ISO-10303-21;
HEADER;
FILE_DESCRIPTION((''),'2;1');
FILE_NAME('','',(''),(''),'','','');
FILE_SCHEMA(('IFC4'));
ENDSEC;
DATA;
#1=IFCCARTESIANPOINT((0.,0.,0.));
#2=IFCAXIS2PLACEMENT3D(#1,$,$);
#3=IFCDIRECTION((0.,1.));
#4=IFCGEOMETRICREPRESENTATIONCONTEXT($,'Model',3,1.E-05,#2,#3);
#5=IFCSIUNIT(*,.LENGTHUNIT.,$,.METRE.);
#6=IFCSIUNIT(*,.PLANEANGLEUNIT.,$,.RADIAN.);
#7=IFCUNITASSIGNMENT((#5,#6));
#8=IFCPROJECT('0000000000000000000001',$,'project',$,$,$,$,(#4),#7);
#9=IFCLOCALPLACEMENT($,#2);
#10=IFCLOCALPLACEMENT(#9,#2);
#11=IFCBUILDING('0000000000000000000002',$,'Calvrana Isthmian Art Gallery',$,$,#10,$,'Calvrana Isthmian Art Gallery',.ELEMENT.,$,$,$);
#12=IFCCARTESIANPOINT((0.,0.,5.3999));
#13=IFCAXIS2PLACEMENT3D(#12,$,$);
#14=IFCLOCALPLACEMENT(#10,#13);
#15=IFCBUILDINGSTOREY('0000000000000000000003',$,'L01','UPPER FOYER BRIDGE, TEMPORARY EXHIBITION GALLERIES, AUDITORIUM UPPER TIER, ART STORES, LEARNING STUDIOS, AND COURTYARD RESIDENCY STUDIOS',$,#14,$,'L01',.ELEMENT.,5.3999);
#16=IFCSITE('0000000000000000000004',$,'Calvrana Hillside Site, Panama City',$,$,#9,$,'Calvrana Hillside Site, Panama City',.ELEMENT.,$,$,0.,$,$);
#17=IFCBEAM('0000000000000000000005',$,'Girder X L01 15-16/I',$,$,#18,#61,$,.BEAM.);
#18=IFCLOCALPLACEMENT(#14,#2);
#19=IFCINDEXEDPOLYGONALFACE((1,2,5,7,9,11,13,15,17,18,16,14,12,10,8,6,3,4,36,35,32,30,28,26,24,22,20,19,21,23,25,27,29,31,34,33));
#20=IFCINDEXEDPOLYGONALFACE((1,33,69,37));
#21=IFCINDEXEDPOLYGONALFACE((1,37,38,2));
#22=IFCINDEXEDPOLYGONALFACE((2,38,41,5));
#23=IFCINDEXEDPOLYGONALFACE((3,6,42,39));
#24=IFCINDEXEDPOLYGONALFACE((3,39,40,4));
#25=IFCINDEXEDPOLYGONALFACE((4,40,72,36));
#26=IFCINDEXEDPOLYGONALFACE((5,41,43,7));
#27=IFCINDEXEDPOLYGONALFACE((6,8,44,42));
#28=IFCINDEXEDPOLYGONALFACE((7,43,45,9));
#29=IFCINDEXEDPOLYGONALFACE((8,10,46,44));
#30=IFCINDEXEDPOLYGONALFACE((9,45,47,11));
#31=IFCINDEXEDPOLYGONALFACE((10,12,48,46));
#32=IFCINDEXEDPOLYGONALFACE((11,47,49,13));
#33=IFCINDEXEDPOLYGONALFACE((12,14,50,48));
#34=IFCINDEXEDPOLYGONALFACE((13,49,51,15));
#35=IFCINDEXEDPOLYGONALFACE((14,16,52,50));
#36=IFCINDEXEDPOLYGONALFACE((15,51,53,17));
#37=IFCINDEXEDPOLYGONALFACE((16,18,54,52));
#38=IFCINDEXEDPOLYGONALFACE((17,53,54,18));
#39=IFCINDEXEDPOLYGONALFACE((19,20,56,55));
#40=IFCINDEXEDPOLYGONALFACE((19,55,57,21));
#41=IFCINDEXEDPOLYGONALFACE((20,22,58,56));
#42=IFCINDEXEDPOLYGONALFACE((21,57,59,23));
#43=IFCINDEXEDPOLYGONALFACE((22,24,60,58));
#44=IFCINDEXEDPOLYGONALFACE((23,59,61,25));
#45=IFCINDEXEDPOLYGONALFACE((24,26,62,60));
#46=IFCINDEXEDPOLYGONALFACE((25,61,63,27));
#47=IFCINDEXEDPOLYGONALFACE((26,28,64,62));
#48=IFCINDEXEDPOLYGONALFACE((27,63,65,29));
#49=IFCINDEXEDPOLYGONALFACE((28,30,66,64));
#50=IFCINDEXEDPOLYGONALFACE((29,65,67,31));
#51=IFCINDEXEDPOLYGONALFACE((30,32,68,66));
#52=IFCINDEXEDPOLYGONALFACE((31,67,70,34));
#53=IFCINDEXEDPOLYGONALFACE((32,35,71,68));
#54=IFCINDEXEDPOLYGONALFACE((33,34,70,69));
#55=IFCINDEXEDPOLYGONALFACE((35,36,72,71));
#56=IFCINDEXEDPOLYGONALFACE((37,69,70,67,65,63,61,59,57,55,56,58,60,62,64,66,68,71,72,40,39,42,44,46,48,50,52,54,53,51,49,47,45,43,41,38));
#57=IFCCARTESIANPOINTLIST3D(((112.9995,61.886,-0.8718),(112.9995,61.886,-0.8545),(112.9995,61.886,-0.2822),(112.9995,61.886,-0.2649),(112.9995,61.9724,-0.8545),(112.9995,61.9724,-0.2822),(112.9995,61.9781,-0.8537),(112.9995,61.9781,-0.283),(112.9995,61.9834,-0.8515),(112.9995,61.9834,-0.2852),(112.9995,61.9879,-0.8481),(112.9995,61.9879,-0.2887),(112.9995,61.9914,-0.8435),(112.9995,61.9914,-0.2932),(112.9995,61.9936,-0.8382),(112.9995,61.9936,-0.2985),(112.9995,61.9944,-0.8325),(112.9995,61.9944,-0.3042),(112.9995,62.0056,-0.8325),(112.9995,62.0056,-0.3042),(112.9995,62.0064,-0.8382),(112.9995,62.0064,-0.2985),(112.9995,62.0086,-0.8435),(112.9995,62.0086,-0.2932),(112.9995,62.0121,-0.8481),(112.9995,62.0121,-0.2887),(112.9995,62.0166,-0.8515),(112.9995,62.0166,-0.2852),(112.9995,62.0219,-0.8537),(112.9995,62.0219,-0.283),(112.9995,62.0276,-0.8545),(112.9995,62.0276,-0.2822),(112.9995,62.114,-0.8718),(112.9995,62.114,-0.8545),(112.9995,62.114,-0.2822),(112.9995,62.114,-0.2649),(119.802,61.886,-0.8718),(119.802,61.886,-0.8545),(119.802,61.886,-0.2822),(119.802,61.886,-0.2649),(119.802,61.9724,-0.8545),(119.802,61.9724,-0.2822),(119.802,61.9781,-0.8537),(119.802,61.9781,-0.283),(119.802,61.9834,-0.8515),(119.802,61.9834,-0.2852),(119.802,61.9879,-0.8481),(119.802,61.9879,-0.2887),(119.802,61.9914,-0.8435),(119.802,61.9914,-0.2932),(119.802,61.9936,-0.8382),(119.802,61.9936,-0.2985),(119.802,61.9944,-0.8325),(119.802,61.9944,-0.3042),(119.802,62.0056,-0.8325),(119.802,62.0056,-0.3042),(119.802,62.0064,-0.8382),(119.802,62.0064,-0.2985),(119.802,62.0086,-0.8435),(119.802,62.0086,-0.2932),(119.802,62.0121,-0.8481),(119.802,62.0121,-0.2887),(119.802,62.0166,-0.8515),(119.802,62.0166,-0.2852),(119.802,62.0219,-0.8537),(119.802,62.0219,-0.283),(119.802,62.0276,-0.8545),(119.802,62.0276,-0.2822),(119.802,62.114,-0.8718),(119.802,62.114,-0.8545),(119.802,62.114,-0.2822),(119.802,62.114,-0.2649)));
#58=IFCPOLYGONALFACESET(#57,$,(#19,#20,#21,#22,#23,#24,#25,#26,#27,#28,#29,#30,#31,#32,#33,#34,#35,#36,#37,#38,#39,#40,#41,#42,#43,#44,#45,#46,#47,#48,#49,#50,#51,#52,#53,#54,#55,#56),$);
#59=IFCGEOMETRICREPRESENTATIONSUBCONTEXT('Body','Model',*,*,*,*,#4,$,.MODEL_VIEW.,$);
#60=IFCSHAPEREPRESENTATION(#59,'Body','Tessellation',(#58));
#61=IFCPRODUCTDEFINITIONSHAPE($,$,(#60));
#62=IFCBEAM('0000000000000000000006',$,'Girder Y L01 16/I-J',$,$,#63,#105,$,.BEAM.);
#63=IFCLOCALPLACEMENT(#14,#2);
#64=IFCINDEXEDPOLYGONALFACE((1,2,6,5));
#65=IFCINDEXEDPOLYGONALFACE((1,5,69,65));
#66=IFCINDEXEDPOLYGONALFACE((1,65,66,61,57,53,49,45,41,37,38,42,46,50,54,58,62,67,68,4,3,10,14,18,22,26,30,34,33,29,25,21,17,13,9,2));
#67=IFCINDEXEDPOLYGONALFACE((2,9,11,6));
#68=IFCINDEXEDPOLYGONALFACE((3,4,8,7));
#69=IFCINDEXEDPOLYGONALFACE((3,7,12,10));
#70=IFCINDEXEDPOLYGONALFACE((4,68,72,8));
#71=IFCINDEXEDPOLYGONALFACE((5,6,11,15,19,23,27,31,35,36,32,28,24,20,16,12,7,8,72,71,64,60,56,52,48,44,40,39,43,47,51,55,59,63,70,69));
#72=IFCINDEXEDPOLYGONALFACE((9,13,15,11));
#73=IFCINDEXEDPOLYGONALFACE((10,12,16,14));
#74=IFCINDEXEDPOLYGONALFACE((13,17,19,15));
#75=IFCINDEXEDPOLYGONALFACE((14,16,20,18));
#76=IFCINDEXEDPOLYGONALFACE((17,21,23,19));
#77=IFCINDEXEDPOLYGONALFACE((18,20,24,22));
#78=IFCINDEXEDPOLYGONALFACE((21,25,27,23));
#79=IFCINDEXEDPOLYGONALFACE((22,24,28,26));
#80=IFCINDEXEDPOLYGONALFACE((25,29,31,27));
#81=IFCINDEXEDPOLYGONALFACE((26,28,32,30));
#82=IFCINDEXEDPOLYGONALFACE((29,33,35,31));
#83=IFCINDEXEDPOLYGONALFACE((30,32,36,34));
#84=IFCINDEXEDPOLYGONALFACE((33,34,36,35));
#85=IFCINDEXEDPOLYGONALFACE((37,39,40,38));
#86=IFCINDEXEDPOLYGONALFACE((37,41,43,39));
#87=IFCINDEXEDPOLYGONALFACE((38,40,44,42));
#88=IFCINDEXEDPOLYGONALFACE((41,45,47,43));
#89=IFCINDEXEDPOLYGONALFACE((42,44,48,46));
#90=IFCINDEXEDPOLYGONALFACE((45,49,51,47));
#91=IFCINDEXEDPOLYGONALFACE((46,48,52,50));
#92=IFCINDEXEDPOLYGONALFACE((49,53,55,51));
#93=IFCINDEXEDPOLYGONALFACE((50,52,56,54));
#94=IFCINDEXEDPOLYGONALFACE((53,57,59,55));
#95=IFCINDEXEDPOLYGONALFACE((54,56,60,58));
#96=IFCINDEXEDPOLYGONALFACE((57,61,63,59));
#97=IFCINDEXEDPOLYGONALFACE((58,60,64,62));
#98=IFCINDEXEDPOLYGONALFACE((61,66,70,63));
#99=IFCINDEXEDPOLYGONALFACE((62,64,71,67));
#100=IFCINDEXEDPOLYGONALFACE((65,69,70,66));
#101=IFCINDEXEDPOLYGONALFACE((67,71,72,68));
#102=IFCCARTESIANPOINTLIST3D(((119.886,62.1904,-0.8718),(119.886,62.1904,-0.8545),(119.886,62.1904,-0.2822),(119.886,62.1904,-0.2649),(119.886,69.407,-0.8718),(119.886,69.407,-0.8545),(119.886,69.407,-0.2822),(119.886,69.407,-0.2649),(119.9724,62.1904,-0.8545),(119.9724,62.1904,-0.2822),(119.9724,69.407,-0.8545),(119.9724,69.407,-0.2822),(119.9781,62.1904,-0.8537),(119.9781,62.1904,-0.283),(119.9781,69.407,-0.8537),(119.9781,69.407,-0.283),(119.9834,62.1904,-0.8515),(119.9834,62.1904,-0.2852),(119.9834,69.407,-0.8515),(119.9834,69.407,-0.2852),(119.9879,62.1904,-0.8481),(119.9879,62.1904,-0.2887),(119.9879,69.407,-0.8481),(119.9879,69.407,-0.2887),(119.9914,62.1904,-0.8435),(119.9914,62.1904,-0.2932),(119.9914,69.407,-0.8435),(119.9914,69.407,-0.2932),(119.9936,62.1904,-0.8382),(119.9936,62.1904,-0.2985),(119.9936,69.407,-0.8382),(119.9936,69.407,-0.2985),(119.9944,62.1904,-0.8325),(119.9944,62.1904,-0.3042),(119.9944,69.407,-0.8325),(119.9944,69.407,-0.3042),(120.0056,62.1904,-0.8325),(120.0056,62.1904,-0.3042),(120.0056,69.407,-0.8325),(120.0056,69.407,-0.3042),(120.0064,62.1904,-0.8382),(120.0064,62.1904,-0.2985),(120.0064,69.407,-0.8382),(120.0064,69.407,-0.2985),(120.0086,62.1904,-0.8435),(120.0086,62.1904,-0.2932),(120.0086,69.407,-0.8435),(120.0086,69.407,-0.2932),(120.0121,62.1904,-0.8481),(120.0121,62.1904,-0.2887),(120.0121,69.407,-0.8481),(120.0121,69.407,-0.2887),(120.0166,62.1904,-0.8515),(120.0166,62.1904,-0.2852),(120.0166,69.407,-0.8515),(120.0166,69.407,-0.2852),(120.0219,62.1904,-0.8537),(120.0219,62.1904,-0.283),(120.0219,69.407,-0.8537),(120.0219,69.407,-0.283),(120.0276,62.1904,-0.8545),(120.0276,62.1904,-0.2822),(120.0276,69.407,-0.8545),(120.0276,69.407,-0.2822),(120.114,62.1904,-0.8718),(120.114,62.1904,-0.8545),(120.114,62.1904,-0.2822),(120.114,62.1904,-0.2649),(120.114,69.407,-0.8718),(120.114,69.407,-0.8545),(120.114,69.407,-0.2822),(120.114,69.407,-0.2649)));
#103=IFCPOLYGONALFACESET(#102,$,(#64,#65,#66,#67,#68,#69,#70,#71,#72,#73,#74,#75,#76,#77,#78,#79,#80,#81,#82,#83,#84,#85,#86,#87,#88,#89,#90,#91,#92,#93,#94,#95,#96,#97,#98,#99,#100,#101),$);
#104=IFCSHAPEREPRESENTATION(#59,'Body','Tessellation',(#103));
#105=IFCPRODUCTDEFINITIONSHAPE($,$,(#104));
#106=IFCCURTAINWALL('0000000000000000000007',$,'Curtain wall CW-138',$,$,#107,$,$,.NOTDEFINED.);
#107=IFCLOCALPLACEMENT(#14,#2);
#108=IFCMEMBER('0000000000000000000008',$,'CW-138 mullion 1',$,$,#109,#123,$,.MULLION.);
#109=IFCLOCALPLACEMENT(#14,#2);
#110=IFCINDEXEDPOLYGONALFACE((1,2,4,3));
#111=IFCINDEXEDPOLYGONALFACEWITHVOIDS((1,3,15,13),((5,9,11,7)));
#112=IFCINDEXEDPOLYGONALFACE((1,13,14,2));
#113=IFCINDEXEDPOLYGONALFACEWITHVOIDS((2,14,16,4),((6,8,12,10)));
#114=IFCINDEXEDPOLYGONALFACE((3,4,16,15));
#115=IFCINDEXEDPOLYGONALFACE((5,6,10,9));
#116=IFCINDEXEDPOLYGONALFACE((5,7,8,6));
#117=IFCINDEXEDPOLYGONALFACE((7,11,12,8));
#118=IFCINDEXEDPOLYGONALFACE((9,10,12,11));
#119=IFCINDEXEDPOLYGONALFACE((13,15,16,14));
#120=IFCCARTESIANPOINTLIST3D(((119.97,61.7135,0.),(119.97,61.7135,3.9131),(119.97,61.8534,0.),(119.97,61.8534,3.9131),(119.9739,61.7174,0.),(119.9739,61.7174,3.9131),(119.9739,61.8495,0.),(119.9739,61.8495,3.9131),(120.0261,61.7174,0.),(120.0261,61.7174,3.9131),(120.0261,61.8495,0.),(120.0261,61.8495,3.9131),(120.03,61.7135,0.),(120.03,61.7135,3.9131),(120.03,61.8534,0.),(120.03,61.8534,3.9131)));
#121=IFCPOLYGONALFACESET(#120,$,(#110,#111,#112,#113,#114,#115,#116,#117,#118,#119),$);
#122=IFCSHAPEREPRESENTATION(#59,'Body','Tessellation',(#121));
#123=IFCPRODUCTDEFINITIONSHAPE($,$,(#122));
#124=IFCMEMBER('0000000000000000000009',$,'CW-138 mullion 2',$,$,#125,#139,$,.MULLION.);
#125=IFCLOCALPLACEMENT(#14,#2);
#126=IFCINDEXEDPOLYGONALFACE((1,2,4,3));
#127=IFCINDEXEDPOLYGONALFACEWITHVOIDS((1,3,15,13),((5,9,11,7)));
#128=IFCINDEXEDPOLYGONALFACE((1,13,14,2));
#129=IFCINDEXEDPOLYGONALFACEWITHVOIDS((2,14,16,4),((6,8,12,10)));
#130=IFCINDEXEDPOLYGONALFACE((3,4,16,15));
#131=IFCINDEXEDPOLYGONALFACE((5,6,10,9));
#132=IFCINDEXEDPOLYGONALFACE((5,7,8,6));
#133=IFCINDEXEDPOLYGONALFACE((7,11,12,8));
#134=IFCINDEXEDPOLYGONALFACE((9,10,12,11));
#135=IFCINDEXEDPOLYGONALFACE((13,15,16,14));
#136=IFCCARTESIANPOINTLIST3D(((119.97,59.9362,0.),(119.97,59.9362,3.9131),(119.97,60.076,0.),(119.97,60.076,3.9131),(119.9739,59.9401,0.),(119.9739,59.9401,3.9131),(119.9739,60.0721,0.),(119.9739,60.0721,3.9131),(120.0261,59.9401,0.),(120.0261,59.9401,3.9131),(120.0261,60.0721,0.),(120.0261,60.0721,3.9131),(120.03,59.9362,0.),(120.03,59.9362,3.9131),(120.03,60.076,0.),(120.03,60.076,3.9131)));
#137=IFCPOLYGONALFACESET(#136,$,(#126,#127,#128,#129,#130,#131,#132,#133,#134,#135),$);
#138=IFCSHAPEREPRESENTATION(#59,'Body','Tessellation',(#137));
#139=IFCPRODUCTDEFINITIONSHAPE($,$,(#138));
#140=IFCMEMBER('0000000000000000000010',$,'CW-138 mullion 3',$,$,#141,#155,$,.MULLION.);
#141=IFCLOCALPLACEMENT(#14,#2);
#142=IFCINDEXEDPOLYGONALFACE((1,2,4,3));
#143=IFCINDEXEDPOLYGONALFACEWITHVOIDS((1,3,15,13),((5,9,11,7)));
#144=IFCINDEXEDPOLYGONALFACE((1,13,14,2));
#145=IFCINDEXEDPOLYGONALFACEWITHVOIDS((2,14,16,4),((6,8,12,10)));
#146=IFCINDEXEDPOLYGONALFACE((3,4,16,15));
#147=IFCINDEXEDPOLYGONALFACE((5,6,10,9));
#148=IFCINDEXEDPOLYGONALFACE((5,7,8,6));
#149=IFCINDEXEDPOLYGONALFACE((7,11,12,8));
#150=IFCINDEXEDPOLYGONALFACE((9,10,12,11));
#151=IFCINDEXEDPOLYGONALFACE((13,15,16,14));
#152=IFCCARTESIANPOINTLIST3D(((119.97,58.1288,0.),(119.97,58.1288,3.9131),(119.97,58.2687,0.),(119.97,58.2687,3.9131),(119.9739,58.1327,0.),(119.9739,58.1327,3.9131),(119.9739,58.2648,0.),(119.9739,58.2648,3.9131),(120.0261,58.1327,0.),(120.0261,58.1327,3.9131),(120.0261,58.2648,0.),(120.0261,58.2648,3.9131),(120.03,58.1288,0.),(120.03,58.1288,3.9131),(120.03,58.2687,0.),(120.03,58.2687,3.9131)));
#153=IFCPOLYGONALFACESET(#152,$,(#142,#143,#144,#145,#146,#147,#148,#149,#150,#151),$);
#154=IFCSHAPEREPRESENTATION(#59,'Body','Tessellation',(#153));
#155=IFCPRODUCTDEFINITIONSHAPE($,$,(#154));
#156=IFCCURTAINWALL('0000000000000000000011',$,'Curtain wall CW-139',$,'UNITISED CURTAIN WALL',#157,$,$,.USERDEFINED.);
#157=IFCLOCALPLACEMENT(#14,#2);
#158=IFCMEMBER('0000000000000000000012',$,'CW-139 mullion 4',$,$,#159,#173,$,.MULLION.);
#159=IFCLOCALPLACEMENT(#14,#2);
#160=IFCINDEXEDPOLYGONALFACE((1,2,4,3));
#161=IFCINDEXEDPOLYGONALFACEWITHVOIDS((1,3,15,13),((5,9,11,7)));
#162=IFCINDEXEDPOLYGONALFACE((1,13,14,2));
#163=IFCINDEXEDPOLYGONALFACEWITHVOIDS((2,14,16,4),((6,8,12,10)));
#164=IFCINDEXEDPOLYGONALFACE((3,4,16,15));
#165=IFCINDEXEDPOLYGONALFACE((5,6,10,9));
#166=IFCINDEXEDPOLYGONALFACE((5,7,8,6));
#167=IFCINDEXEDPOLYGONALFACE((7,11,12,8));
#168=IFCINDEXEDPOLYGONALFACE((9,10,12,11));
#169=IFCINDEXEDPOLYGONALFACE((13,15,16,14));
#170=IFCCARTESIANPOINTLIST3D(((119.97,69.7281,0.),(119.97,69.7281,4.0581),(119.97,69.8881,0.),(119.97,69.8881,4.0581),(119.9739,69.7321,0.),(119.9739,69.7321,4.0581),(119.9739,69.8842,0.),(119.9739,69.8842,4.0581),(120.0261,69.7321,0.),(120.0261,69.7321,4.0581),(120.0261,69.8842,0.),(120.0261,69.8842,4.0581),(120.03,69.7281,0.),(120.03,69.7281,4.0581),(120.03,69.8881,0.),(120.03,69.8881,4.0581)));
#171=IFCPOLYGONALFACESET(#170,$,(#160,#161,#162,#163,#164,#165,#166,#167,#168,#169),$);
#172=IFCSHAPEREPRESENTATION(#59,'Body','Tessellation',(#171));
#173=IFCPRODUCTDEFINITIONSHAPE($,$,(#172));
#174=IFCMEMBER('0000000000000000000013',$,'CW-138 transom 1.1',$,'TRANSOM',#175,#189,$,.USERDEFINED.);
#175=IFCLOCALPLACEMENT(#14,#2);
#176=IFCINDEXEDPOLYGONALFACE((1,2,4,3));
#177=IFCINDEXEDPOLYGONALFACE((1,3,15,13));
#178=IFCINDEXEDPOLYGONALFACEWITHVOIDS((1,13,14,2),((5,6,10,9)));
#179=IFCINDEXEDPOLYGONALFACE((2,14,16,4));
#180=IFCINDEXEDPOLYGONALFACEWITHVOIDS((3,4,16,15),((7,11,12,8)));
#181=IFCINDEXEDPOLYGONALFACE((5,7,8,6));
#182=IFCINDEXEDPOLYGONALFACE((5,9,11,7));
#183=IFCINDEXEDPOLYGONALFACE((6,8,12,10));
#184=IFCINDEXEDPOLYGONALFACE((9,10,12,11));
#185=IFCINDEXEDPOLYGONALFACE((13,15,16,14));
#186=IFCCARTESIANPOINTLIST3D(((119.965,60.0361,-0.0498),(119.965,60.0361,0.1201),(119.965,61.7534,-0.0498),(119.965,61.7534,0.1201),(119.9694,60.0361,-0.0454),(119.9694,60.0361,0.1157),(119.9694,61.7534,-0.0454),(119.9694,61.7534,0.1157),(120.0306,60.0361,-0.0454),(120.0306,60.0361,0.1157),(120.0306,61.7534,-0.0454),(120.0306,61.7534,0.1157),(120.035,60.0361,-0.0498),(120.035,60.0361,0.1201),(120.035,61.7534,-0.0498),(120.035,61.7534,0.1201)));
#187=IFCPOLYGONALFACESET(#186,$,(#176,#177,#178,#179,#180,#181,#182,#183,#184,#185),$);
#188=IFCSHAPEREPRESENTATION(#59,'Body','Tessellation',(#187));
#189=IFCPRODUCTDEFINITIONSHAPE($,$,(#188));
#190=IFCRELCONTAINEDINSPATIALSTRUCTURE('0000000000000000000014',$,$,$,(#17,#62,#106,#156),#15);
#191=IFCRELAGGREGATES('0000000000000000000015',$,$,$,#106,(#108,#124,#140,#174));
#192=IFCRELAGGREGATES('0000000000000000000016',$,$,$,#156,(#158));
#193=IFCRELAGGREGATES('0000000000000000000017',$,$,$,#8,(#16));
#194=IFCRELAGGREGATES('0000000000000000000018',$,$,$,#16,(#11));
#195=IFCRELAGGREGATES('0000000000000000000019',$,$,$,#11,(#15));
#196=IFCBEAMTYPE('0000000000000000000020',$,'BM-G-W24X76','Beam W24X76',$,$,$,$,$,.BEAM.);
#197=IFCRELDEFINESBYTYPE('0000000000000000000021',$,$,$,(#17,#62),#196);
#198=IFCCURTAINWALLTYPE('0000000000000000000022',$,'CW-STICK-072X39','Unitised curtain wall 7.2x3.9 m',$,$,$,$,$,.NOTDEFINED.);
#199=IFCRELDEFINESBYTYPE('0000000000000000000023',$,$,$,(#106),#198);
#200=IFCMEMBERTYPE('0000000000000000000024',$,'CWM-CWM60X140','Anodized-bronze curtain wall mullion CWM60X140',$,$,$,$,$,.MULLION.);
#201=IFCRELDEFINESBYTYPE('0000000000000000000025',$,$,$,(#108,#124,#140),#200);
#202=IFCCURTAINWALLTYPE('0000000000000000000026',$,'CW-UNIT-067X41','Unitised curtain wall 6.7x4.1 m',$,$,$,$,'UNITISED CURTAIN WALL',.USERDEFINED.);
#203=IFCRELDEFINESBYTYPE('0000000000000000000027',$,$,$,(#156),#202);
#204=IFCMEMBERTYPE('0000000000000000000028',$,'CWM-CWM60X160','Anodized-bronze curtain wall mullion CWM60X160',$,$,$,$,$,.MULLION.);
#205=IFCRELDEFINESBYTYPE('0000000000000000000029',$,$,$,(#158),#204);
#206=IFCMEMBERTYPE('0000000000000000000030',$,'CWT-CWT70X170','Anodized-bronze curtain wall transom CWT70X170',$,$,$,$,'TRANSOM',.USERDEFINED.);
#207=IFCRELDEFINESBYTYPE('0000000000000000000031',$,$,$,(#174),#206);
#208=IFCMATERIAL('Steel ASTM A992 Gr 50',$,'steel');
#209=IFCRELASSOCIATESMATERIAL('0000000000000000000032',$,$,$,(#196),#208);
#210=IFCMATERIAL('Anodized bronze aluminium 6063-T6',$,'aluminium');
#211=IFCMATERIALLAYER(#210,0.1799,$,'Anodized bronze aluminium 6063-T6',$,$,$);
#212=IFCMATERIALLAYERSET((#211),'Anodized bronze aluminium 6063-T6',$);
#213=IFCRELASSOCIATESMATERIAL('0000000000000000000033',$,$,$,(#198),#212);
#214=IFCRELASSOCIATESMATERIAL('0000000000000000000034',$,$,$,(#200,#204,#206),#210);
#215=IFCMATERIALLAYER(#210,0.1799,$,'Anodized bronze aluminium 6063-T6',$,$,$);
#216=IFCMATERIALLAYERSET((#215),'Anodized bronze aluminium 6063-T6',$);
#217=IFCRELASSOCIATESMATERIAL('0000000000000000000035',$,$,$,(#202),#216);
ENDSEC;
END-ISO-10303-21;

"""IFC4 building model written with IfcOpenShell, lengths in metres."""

from ifc_helpers import new_model, si_unit, direction, frame, origin, origin_2d, place, context, subcontext, project, spatial, hollow_rectangle, i_section, extrude, material, layer, layer_set, material_profile, profile_set, type_object, element, aggregate, save


model = new_model("IFC4")

# Units and contexts
model_context = context("Model", 3, precision=1e-05, world=origin(), true_north=direction((0.0, 1.0)))
body_context = subcontext(model_context, "Body", "Model", "MODEL_VIEW")
ifc_project = project(units=[si_unit("LENGTHUNIT", "METRE"), si_unit("PLANEANGLEUNIT", "RADIAN")], contexts=[model_context])

# Site, building, storey
site_placement = place(None, origin())
site = spatial("IfcSite", under=ifc_project, at=site_placement, Name="Calvrana Hillside Site, Panama City", LongName="Calvrana Hillside Site, Panama City", CompositionType="ELEMENT", RefElevation=0.0)
building_placement = place(site_placement, origin())
building = spatial("IfcBuilding", under=site, at=building_placement, Name="Calvrana Isthmian Art Gallery", LongName="Calvrana Isthmian Art Gallery", CompositionType="ELEMENT")
storey_placement = place(building_placement, frame((0.0, 0.0, 5.3999)))
storey = spatial("IfcBuildingStorey", under=building, at=storey_placement, Name="L01", Description="UPPER FOYER BRIDGE, TEMPORARY EXHIBITION GALLERIES, AUDITORIUM UPPER TIER, ART STORES, LEARNING STUDIOS, AND COURTYARD RESIDENCY STUDIOS", LongName="L01", CompositionType="ELEMENT", Elevation=5.3999)

# Shared definitions
ifc_material_1 = material(Name="Steel ASTM A992 Gr 50", Category="steel")

# Beams
ifc_material_profile_1 = material_profile(ifc_material_1, i_section(OverallWidth=0.228, OverallDepth=0.6069, WebThickness=0.0112, FlangeThickness=0.0173, FilletRadius=0.022, at=origin_2d()), Name="W24X76")
ifc_profile_set_1 = profile_set([ifc_material_profile_1], Name="Steel ASTM A992 Gr 50")
beam_type_1 = type_object("IfcBeamType", Name="BM-G-W24X76", Description="Beam W24X76", PredefinedType="BEAM", material=ifc_profile_set_1)
beam_1_placement = place(storey_placement, frame((112.9995, 62.0, -0.5684), z_axis=(1.0, 0.0, 0.0), x_axis=(0.0, 1.0, 0.0)))
element("IfcBeam", 1, at=beam_1_placement, inside=storey, type_object=beam_type_1, Name="Girder X L01 15-16/I", PredefinedType="BEAM", context=body_context, shape_type="SweptSolid", body=[
    extrude(i_section(OverallWidth=0.228, OverallDepth=0.6069, WebThickness=0.0112, FlangeThickness=0.0173, FilletRadius=0.022, at=origin_2d()), origin(), (0.0, 0.0, 1.0), 6.8025),
])
beam_2_placement = place(storey_placement, frame((120.0, 62.1904, -0.5684), z_axis=(0.0, 1.0, 0.0), x_axis=(-1.0, 0.0, 0.0)))
element("IfcBeam", 2, at=beam_2_placement, inside=storey, type_object=beam_type_1, Name="Girder Y L01 16/I-J", PredefinedType="BEAM", context=body_context, shape_type="SweptSolid", body=[
    extrude(i_section(OverallWidth=0.228, OverallDepth=0.6069, WebThickness=0.0112, FlangeThickness=0.0173, FilletRadius=0.022, at=origin_2d()), origin(), (0.0, 0.0, 1.0), 7.2166),
])

# Curtain wall, members
ifc_material_2 = material(Name="Anodized bronze aluminium 6063-T6", Category="aluminium")
ifc_layer_1 = layer(ifc_material_2, 0.1799, Name="Anodized bronze aluminium 6063-T6")
ifc_layer_set_1 = layer_set([ifc_layer_1], Name="Anodized bronze aluminium 6063-T6")
curtain_wall_type_1 = type_object("IfcCurtainWallType", Name="CW-STICK-072X39", Description="Unitised curtain wall 7.2x3.9 m", PredefinedType="NOTDEFINED", material=ifc_layer_set_1)
curtain_wall_1_placement = place(storey_placement, origin())
curtain_wall_1 = element("IfcCurtainWall", 3, at=curtain_wall_1_placement, inside=storey, type_object=curtain_wall_type_1, Name="Curtain wall CW-138", PredefinedType="NOTDEFINED")
ifc_material_profile_2 = material_profile(ifc_material_2, hollow_rectangle(XDim=0.0601, YDim=0.1399, WallThickness=0.0039, at=origin_2d()), Name="CWM60X140")
ifc_profile_set_2 = profile_set([ifc_material_profile_2], Name="Anodized bronze aluminium 6063-T6")
member_type_1 = type_object("IfcMemberType", Name="CWM-CWM60X140", Description="Anodized-bronze curtain wall mullion CWM60X140", PredefinedType="MULLION", material=ifc_profile_set_2)
member_1_placement = place(storey_placement, frame((120.0, 61.7834, 0.0), z_axis=(0.0, 0.0, 1.0), x_axis=(1.0, 0.0, 0.0)))
member_1 = element("IfcMember", 4, at=member_1_placement, type_object=member_type_1, Name="CW-138 mullion 1", PredefinedType="MULLION", context=body_context, shape_type="SweptSolid", body=[
    extrude(hollow_rectangle(XDim=0.0601, YDim=0.1399, WallThickness=0.0039, at=origin_2d()), origin(), (0.0, 0.0, 1.0), 3.9131),
])
member_2_placement = place(storey_placement, frame((120.0, 60.0061, 0.0), z_axis=(0.0, 0.0, 1.0), x_axis=(1.0, 0.0, 0.0)))
member_2 = element("IfcMember", 5, at=member_2_placement, type_object=member_type_1, Name="CW-138 mullion 2", PredefinedType="MULLION", context=body_context, shape_type="SweptSolid", body=[
    extrude(hollow_rectangle(XDim=0.0601, YDim=0.1399, WallThickness=0.0039, at=origin_2d()), origin(), (0.0, 0.0, 1.0), 3.9131),
])
member_3_placement = place(storey_placement, frame((120.0, 58.1987, 0.0), z_axis=(0.0, 0.0, 1.0), x_axis=(1.0, 0.0, 0.0)))
member_3 = element("IfcMember", 6, at=member_3_placement, type_object=member_type_1, Name="CW-138 mullion 3", PredefinedType="MULLION", context=body_context, shape_type="SweptSolid", body=[
    extrude(hollow_rectangle(XDim=0.0601, YDim=0.1399, WallThickness=0.0039, at=origin_2d()), origin(), (0.0, 0.0, 1.0), 3.9131),
])

# Curtain wall, member
ifc_layer_2 = layer(ifc_material_2, 0.1799, Name="Anodized bronze aluminium 6063-T6")
ifc_layer_set_2 = layer_set([ifc_layer_2], Name="Anodized bronze aluminium 6063-T6")
curtain_wall_type_2 = type_object("IfcCurtainWallType", Name="CW-UNIT-067X41", Description="Unitised curtain wall 6.7x4.1 m", ElementType="UNITISED CURTAIN WALL", PredefinedType="USERDEFINED", material=ifc_layer_set_2)
curtain_wall_2_placement = place(storey_placement, origin())
curtain_wall_2 = element("IfcCurtainWall", 7, at=curtain_wall_2_placement, inside=storey, type_object=curtain_wall_type_2, Name="Curtain wall CW-139", ObjectType="UNITISED CURTAIN WALL", PredefinedType="USERDEFINED")
ifc_material_profile_3 = material_profile(ifc_material_2, hollow_rectangle(XDim=0.0601, YDim=0.1599, WallThickness=0.0039, at=origin_2d()), Name="CWM60X160")
ifc_profile_set_3 = profile_set([ifc_material_profile_3], Name="Anodized bronze aluminium 6063-T6")
member_type_2 = type_object("IfcMemberType", Name="CWM-CWM60X160", Description="Anodized-bronze curtain wall mullion CWM60X160", PredefinedType="MULLION", material=ifc_profile_set_3)
member_4_placement = place(storey_placement, frame((120.0, 69.8081, 0.0), z_axis=(0.0, 0.0, 1.0), x_axis=(1.0, 0.0, 0.0)))
member_4 = element("IfcMember", 8, at=member_4_placement, type_object=member_type_2, Name="CW-139 mullion 4", PredefinedType="MULLION", context=body_context, shape_type="SweptSolid", body=[
    extrude(hollow_rectangle(XDim=0.0601, YDim=0.1599, WallThickness=0.0039, at=origin_2d()), origin(), (0.0, 0.0, 1.0), 4.0581),
])

# Member
ifc_material_profile_4 = material_profile(ifc_material_2, hollow_rectangle(XDim=0.0701, YDim=0.1699, WallThickness=0.0044, at=origin_2d()), Name="CWT70X170")
ifc_profile_set_4 = profile_set([ifc_material_profile_4], Name="Anodized bronze aluminium 6063-T6")
member_type_3 = type_object("IfcMemberType", Name="CWT-CWT70X170", Description="Anodized-bronze curtain wall transom CWT70X170", ElementType="TRANSOM", PredefinedType="USERDEFINED", material=ifc_profile_set_4)
member_5_placement = place(storey_placement, frame((120.0, 61.7534, 0.0352), z_axis=(0.0, -1.0, 0.0), x_axis=(1.0, 0.0, 0.0)))
member_5 = element("IfcMember", 9, at=member_5_placement, type_object=member_type_3, Name="CW-138 transom 1.1", ObjectType="TRANSOM", PredefinedType="USERDEFINED", context=body_context, shape_type="SweptSolid", body=[
    extrude(hollow_rectangle(XDim=0.0701, YDim=0.1699, WallThickness=0.0044, at=origin_2d()), origin(), (0.0, 0.0, 1.0), 1.7173),
])

aggregate(curtain_wall_1, [member_1, member_2, member_3, member_5])
aggregate(curtain_wall_2, [member_4])

save(model, "model.ifc")
